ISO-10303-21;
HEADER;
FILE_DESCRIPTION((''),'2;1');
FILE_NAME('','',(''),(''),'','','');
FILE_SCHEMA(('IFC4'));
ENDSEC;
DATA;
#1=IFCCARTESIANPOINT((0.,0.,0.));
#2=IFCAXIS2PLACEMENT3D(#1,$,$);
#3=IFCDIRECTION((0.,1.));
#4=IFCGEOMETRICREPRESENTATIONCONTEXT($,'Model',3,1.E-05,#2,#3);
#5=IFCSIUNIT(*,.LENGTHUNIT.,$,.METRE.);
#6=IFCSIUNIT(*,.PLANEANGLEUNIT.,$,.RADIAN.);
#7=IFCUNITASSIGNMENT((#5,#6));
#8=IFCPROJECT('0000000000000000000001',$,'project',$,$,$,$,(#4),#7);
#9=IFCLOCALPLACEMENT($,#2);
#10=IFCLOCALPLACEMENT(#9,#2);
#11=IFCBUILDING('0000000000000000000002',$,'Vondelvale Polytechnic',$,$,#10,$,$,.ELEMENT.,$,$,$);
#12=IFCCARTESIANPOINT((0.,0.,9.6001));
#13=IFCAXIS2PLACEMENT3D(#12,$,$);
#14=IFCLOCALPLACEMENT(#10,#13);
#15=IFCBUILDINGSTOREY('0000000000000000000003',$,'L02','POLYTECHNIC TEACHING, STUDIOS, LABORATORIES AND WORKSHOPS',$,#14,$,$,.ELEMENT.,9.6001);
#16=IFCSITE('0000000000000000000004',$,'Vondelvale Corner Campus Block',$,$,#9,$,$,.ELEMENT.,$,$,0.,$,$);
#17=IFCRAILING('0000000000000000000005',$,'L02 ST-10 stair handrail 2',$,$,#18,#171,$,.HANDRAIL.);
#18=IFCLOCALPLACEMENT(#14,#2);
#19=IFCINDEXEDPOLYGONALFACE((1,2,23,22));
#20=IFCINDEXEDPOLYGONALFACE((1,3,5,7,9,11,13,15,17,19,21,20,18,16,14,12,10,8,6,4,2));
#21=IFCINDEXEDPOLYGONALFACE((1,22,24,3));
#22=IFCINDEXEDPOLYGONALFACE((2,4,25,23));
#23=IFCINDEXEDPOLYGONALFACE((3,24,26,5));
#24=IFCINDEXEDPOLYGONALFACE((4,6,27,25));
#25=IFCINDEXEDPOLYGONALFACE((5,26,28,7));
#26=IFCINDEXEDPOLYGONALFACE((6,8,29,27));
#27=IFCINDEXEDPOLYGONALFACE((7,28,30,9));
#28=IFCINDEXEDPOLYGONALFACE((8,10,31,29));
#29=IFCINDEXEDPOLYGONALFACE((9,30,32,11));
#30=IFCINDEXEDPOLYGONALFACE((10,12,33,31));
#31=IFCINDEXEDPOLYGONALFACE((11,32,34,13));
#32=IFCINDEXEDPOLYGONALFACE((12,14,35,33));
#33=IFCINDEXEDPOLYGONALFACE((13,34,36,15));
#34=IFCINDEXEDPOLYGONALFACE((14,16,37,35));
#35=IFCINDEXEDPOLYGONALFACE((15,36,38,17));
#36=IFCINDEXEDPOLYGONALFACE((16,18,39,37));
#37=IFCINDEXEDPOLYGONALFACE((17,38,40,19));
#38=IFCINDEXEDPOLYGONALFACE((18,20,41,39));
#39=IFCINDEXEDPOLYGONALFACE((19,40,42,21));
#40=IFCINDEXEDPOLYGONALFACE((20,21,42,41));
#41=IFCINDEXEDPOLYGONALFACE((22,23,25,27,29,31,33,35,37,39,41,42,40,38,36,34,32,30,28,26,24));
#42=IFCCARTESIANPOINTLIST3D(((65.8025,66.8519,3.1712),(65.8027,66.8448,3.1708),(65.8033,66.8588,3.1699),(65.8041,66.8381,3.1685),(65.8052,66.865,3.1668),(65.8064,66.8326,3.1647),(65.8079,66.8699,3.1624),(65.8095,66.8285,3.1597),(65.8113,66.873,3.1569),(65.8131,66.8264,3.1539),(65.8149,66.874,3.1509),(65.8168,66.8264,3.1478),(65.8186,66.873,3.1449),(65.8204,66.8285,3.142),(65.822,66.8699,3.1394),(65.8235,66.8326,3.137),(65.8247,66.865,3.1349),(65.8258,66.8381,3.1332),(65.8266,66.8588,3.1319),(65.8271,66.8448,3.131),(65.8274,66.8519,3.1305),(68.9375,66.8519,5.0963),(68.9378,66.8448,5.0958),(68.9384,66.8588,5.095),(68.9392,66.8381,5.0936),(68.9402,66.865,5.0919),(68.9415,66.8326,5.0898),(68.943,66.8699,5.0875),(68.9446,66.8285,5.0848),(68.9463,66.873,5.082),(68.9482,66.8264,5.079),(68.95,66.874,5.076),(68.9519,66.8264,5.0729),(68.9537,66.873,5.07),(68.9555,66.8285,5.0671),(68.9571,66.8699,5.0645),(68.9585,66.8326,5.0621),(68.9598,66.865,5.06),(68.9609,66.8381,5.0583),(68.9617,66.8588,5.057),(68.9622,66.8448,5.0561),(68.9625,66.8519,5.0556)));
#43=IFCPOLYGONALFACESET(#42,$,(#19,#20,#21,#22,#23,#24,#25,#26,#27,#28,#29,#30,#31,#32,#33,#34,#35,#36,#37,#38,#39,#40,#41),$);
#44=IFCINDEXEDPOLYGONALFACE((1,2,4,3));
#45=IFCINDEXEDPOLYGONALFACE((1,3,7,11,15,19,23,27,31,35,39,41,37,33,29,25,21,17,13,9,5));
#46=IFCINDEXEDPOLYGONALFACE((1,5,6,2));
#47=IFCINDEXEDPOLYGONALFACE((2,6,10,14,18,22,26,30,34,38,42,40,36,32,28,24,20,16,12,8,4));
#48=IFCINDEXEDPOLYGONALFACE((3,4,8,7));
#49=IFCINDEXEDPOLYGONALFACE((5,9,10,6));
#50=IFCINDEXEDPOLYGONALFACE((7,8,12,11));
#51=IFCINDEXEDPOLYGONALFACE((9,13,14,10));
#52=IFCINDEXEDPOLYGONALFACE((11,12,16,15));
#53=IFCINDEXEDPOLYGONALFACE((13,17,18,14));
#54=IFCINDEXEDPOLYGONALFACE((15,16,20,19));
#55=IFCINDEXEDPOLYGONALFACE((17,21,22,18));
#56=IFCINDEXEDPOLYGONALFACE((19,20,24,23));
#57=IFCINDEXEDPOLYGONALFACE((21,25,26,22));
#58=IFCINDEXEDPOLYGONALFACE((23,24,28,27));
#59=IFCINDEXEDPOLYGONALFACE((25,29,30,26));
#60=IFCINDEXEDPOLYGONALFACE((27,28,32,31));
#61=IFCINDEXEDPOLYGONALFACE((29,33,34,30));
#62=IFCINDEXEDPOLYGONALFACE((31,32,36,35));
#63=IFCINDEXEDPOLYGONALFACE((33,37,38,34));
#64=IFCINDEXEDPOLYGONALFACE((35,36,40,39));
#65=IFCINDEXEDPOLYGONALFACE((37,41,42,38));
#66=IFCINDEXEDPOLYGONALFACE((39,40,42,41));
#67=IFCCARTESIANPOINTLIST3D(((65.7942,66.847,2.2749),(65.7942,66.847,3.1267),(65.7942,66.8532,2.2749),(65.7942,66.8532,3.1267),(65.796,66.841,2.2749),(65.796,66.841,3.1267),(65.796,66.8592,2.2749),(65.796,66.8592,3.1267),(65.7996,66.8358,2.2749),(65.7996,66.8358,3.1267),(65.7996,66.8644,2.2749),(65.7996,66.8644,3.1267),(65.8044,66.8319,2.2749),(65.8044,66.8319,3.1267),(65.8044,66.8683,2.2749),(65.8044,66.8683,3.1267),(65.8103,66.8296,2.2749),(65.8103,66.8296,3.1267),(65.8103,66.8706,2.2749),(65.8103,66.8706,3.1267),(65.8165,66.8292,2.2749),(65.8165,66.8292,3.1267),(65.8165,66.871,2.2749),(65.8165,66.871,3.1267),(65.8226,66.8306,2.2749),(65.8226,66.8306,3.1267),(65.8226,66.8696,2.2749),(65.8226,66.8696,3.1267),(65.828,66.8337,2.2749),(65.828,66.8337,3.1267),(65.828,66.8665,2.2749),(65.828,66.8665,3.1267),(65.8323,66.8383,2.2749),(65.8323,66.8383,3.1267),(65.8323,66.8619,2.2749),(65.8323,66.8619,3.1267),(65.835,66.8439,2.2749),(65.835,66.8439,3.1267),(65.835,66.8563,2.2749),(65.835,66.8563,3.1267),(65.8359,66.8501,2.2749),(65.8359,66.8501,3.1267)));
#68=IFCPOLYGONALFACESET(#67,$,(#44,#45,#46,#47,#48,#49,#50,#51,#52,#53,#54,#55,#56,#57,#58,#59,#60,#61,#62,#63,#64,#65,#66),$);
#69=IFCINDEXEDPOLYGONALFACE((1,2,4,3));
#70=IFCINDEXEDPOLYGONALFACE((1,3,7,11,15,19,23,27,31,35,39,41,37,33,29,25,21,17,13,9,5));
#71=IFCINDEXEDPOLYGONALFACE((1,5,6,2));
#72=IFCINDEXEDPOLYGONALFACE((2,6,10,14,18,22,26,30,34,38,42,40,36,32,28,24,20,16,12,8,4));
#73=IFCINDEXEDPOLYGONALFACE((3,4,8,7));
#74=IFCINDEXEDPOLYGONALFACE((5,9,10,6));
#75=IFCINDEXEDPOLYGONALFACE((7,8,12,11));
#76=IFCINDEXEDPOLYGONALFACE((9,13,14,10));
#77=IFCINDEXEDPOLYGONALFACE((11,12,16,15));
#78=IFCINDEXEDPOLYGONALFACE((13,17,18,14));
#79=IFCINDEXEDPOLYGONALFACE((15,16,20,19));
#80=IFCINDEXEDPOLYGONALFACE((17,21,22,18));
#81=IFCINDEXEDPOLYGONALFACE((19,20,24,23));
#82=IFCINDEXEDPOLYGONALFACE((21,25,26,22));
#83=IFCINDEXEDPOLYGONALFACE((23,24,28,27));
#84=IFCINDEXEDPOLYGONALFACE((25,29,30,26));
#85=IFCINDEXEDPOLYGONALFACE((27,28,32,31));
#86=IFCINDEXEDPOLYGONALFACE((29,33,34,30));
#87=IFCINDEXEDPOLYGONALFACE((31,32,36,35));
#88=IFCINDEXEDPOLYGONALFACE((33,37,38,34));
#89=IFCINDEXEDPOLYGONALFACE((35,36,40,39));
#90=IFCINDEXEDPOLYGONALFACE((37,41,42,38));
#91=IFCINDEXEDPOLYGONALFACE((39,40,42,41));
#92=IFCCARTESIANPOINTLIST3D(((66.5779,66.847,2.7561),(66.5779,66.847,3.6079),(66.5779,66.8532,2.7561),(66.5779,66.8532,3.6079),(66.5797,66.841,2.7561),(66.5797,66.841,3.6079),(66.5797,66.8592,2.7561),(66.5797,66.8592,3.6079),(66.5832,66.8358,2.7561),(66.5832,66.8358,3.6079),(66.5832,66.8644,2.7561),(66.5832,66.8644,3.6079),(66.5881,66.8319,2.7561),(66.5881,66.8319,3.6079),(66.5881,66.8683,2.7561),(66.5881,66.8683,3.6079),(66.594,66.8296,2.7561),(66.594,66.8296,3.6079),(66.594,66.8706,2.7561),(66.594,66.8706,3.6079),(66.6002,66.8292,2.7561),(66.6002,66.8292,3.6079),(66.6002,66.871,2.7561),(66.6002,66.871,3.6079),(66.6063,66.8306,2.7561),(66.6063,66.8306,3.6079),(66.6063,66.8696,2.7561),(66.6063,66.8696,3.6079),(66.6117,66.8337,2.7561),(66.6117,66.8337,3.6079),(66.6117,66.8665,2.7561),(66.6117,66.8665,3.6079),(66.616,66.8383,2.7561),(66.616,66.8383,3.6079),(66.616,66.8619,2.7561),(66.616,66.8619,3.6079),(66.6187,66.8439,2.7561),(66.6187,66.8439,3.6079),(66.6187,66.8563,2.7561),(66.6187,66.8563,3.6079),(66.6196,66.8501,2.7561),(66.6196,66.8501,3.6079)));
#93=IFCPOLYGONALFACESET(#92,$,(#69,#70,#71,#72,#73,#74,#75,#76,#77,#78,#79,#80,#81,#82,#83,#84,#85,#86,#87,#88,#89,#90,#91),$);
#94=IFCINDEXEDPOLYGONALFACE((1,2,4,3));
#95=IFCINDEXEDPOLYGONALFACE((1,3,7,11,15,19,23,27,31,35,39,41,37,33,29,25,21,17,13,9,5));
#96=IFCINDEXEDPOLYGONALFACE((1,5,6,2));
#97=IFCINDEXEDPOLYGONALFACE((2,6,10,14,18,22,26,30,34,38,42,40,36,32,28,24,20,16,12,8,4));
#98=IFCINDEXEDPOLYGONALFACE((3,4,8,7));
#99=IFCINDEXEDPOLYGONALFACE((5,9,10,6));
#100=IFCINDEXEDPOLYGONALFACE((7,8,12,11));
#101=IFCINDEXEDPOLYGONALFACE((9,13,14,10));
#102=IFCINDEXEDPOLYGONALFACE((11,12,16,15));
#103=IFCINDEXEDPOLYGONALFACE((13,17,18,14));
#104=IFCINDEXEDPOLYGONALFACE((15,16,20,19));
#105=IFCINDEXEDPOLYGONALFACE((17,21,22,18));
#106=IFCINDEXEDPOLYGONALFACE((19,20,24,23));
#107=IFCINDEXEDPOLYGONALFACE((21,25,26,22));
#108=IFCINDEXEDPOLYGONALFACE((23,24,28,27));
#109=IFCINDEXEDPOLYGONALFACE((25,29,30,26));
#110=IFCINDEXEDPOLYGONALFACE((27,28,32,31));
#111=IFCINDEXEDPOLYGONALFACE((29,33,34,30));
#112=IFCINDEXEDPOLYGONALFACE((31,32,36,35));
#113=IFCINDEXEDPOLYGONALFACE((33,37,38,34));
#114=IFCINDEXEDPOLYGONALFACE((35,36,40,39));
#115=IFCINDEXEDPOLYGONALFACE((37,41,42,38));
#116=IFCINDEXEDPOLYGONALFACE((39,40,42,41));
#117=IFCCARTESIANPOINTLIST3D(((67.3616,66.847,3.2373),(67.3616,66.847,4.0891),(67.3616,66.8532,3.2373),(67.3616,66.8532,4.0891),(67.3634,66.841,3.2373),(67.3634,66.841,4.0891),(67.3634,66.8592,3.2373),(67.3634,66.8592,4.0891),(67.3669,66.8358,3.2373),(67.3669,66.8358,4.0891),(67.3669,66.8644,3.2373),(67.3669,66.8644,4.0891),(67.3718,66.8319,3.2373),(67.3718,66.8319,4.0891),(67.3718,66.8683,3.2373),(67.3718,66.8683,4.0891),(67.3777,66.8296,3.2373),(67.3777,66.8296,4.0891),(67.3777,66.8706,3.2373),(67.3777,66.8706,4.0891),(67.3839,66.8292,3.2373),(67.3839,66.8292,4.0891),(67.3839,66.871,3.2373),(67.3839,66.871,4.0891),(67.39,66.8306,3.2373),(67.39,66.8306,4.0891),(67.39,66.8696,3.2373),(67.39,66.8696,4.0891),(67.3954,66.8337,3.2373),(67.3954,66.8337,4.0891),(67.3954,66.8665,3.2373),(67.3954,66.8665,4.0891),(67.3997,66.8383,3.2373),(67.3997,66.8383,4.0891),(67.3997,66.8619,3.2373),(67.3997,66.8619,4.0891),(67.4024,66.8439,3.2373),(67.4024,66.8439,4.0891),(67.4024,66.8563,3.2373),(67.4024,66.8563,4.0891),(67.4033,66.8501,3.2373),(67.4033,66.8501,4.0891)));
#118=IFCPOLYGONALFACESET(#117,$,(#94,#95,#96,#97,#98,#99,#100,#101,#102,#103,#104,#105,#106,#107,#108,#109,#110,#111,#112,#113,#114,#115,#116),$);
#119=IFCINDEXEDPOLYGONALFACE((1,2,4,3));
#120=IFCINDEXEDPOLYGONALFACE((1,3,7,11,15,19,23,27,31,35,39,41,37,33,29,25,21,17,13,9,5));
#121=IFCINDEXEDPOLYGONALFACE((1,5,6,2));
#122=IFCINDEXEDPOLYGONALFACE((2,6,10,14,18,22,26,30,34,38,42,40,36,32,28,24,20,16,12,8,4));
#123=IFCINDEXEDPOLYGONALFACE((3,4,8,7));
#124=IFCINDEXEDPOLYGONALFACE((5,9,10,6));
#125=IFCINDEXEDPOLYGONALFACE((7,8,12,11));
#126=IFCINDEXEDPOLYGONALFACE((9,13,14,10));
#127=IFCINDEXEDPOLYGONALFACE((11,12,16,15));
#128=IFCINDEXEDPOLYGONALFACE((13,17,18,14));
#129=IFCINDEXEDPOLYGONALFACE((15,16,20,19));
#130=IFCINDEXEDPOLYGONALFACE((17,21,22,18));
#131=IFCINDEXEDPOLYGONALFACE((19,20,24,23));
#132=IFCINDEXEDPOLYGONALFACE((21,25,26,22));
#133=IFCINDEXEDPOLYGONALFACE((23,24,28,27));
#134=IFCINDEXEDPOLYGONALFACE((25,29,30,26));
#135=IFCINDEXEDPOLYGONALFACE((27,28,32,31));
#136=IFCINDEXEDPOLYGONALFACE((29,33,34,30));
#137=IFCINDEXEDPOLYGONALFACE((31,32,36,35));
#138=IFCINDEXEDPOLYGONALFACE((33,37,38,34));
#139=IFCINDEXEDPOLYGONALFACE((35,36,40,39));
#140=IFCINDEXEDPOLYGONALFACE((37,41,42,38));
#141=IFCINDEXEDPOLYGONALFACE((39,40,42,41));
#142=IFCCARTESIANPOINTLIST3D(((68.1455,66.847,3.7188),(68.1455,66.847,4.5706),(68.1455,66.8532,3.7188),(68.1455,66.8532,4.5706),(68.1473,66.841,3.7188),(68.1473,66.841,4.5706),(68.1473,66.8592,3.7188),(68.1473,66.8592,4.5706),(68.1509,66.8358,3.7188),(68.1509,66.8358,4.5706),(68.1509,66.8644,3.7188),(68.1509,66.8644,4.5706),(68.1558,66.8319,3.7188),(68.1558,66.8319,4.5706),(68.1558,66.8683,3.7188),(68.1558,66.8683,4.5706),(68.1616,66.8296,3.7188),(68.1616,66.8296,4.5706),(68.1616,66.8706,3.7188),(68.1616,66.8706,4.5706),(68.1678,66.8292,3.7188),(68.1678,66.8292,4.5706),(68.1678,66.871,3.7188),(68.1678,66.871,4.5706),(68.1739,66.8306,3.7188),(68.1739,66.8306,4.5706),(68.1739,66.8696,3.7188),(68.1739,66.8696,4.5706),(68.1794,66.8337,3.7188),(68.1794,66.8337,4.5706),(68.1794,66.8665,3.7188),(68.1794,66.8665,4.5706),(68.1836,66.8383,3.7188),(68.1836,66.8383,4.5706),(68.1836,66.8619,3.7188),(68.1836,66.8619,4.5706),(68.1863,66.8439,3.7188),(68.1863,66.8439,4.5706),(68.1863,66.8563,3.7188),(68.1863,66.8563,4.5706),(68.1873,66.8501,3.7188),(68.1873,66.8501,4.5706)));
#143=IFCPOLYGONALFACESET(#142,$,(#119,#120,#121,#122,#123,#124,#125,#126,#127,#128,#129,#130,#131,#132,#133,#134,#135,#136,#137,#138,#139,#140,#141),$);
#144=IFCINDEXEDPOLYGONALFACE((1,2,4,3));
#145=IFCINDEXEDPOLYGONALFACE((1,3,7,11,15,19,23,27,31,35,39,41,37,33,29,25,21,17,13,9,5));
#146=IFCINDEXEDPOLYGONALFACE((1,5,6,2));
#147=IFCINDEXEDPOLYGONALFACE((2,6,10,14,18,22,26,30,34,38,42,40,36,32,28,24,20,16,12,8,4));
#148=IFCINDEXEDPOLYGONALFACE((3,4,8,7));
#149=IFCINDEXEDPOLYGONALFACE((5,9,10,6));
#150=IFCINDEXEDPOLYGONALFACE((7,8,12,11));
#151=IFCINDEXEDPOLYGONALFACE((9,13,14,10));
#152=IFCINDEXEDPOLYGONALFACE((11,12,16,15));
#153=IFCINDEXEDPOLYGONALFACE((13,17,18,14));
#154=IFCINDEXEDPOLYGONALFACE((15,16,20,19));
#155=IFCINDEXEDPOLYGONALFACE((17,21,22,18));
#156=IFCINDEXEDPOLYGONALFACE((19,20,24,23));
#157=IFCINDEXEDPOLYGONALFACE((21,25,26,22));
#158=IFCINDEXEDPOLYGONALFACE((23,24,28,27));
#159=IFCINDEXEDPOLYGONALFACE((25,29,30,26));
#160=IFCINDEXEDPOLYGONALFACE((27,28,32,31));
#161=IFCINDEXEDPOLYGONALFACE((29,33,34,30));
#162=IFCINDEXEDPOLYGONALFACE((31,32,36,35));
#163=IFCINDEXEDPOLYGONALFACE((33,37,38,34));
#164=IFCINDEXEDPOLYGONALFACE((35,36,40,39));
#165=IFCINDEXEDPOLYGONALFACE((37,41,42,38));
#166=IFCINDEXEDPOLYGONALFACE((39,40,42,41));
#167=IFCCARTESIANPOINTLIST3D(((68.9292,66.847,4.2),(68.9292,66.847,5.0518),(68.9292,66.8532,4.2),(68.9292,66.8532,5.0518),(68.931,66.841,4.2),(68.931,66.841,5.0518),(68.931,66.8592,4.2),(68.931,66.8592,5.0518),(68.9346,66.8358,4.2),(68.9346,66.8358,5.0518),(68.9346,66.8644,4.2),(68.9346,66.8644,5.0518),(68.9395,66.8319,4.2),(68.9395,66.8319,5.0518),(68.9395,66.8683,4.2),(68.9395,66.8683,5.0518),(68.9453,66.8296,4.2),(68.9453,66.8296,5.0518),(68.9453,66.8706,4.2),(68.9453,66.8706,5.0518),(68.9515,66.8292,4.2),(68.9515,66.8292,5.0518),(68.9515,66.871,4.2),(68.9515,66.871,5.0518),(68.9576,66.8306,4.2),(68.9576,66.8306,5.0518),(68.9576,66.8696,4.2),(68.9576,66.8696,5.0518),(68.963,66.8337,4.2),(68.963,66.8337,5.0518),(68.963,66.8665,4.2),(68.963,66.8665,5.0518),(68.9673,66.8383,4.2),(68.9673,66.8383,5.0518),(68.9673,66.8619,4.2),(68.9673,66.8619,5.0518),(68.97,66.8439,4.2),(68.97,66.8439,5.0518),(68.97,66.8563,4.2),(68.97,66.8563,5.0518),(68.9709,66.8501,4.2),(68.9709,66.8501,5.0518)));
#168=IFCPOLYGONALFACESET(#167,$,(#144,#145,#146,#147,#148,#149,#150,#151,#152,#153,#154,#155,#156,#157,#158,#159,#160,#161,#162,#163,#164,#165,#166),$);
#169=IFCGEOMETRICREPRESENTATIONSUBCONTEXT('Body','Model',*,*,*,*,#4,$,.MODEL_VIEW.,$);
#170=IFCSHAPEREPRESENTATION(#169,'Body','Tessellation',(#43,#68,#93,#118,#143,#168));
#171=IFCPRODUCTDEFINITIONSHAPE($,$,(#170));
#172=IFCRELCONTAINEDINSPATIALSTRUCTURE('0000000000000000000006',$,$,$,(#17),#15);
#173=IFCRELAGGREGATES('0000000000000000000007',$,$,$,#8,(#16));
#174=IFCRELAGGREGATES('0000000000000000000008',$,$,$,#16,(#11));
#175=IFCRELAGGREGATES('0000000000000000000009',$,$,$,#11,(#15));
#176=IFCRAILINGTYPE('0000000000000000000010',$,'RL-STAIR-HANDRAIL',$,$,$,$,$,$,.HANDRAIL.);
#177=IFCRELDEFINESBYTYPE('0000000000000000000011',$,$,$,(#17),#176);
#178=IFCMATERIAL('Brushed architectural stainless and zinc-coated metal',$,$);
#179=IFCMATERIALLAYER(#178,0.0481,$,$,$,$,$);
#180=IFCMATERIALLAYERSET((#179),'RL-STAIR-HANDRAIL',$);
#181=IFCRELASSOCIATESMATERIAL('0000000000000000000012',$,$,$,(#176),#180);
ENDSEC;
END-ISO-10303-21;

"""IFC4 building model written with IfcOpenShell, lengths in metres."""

from ifc_helpers import new_model, si_unit, direction, frame, origin, origin_2d, place, context, subcontext, project, spatial, circle, extrude, material, layer, layer_set, type_object, element, save


model = new_model("IFC4")

# Units and contexts
model_context = context("Model", 3, precision=1e-05, world=origin(), true_north=direction((0.0, 1.0)))
body_context = subcontext(model_context, "Body", "Model", "MODEL_VIEW")
ifc_project = project(units=[si_unit("LENGTHUNIT", "METRE"), si_unit("PLANEANGLEUNIT", "RADIAN")], contexts=[model_context])

# Site, building, storey
site_placement = place(None, origin())
site = spatial("IfcSite", under=ifc_project, at=site_placement, Name="Vondelvale Corner Campus Block", CompositionType="ELEMENT", RefElevation=0.0)
building_placement = place(site_placement, origin())
building = spatial("IfcBuilding", under=site, at=building_placement, Name="Vondelvale Polytechnic", CompositionType="ELEMENT")
storey_placement = place(building_placement, frame((0.0, 0.0, 9.6001)))
storey = spatial("IfcBuildingStorey", under=building, at=storey_placement, Name="L02", Description="POLYTECHNIC TEACHING, STUDIOS, LABORATORIES AND WORKSHOPS", CompositionType="ELEMENT", Elevation=9.6001)

# Railing
ifc_material_1 = material(Name="Brushed architectural stainless and zinc-coated metal")
ifc_layer_1 = layer(ifc_material_1, 0.0481)
ifc_layer_set_1 = layer_set([ifc_layer_1], Name="RL-STAIR-HANDRAIL")
railing_type = type_object("IfcRailingType", Name="RL-STAIR-HANDRAIL", PredefinedType="HANDRAIL", material=ifc_layer_set_1)
railing_placement = place(storey_placement, frame((65.8149, 66.8501, 2.2749)))
element("IfcRailing", 1, at=railing_placement, inside=storey, type_object=railing_type, Name="L02 ST-10 stair handrail 2", PredefinedType="HANDRAIL", context=body_context, shape_type="SweptSolid", body=[
    extrude(circle(Radius=0.0239, at=origin_2d()), frame((0.0, 0.0, 0.876), z_axis=(0.852166, 0.0, 0.523271), x_axis=(0.0, 1.0, 0.0)), (0.0, 0.0, 1.0), 3.679),
    extrude(circle(Radius=0.021, at=origin_2d()), origin(), (0.0, 0.0, 1.0), 0.8518),
    extrude(circle(Radius=0.021, at=origin_2d()), frame((0.7837, 0.0, 0.4812)), (0.0, 0.0, 1.0), 0.8518),
    extrude(circle(Radius=0.021, at=origin_2d()), frame((1.5674, 0.0, 0.9624)), (0.0, 0.0, 1.0), 0.8518),
    extrude(circle(Radius=0.021, at=origin_2d()), frame((2.3513, 0.0, 1.4438)), (0.0, 0.0, 1.0), 0.8518),
    extrude(circle(Radius=0.021, at=origin_2d()), frame((3.135, 0.0, 1.925)), (0.0, 0.0, 1.0), 0.8518),
])

save(model, "model.ifc")
